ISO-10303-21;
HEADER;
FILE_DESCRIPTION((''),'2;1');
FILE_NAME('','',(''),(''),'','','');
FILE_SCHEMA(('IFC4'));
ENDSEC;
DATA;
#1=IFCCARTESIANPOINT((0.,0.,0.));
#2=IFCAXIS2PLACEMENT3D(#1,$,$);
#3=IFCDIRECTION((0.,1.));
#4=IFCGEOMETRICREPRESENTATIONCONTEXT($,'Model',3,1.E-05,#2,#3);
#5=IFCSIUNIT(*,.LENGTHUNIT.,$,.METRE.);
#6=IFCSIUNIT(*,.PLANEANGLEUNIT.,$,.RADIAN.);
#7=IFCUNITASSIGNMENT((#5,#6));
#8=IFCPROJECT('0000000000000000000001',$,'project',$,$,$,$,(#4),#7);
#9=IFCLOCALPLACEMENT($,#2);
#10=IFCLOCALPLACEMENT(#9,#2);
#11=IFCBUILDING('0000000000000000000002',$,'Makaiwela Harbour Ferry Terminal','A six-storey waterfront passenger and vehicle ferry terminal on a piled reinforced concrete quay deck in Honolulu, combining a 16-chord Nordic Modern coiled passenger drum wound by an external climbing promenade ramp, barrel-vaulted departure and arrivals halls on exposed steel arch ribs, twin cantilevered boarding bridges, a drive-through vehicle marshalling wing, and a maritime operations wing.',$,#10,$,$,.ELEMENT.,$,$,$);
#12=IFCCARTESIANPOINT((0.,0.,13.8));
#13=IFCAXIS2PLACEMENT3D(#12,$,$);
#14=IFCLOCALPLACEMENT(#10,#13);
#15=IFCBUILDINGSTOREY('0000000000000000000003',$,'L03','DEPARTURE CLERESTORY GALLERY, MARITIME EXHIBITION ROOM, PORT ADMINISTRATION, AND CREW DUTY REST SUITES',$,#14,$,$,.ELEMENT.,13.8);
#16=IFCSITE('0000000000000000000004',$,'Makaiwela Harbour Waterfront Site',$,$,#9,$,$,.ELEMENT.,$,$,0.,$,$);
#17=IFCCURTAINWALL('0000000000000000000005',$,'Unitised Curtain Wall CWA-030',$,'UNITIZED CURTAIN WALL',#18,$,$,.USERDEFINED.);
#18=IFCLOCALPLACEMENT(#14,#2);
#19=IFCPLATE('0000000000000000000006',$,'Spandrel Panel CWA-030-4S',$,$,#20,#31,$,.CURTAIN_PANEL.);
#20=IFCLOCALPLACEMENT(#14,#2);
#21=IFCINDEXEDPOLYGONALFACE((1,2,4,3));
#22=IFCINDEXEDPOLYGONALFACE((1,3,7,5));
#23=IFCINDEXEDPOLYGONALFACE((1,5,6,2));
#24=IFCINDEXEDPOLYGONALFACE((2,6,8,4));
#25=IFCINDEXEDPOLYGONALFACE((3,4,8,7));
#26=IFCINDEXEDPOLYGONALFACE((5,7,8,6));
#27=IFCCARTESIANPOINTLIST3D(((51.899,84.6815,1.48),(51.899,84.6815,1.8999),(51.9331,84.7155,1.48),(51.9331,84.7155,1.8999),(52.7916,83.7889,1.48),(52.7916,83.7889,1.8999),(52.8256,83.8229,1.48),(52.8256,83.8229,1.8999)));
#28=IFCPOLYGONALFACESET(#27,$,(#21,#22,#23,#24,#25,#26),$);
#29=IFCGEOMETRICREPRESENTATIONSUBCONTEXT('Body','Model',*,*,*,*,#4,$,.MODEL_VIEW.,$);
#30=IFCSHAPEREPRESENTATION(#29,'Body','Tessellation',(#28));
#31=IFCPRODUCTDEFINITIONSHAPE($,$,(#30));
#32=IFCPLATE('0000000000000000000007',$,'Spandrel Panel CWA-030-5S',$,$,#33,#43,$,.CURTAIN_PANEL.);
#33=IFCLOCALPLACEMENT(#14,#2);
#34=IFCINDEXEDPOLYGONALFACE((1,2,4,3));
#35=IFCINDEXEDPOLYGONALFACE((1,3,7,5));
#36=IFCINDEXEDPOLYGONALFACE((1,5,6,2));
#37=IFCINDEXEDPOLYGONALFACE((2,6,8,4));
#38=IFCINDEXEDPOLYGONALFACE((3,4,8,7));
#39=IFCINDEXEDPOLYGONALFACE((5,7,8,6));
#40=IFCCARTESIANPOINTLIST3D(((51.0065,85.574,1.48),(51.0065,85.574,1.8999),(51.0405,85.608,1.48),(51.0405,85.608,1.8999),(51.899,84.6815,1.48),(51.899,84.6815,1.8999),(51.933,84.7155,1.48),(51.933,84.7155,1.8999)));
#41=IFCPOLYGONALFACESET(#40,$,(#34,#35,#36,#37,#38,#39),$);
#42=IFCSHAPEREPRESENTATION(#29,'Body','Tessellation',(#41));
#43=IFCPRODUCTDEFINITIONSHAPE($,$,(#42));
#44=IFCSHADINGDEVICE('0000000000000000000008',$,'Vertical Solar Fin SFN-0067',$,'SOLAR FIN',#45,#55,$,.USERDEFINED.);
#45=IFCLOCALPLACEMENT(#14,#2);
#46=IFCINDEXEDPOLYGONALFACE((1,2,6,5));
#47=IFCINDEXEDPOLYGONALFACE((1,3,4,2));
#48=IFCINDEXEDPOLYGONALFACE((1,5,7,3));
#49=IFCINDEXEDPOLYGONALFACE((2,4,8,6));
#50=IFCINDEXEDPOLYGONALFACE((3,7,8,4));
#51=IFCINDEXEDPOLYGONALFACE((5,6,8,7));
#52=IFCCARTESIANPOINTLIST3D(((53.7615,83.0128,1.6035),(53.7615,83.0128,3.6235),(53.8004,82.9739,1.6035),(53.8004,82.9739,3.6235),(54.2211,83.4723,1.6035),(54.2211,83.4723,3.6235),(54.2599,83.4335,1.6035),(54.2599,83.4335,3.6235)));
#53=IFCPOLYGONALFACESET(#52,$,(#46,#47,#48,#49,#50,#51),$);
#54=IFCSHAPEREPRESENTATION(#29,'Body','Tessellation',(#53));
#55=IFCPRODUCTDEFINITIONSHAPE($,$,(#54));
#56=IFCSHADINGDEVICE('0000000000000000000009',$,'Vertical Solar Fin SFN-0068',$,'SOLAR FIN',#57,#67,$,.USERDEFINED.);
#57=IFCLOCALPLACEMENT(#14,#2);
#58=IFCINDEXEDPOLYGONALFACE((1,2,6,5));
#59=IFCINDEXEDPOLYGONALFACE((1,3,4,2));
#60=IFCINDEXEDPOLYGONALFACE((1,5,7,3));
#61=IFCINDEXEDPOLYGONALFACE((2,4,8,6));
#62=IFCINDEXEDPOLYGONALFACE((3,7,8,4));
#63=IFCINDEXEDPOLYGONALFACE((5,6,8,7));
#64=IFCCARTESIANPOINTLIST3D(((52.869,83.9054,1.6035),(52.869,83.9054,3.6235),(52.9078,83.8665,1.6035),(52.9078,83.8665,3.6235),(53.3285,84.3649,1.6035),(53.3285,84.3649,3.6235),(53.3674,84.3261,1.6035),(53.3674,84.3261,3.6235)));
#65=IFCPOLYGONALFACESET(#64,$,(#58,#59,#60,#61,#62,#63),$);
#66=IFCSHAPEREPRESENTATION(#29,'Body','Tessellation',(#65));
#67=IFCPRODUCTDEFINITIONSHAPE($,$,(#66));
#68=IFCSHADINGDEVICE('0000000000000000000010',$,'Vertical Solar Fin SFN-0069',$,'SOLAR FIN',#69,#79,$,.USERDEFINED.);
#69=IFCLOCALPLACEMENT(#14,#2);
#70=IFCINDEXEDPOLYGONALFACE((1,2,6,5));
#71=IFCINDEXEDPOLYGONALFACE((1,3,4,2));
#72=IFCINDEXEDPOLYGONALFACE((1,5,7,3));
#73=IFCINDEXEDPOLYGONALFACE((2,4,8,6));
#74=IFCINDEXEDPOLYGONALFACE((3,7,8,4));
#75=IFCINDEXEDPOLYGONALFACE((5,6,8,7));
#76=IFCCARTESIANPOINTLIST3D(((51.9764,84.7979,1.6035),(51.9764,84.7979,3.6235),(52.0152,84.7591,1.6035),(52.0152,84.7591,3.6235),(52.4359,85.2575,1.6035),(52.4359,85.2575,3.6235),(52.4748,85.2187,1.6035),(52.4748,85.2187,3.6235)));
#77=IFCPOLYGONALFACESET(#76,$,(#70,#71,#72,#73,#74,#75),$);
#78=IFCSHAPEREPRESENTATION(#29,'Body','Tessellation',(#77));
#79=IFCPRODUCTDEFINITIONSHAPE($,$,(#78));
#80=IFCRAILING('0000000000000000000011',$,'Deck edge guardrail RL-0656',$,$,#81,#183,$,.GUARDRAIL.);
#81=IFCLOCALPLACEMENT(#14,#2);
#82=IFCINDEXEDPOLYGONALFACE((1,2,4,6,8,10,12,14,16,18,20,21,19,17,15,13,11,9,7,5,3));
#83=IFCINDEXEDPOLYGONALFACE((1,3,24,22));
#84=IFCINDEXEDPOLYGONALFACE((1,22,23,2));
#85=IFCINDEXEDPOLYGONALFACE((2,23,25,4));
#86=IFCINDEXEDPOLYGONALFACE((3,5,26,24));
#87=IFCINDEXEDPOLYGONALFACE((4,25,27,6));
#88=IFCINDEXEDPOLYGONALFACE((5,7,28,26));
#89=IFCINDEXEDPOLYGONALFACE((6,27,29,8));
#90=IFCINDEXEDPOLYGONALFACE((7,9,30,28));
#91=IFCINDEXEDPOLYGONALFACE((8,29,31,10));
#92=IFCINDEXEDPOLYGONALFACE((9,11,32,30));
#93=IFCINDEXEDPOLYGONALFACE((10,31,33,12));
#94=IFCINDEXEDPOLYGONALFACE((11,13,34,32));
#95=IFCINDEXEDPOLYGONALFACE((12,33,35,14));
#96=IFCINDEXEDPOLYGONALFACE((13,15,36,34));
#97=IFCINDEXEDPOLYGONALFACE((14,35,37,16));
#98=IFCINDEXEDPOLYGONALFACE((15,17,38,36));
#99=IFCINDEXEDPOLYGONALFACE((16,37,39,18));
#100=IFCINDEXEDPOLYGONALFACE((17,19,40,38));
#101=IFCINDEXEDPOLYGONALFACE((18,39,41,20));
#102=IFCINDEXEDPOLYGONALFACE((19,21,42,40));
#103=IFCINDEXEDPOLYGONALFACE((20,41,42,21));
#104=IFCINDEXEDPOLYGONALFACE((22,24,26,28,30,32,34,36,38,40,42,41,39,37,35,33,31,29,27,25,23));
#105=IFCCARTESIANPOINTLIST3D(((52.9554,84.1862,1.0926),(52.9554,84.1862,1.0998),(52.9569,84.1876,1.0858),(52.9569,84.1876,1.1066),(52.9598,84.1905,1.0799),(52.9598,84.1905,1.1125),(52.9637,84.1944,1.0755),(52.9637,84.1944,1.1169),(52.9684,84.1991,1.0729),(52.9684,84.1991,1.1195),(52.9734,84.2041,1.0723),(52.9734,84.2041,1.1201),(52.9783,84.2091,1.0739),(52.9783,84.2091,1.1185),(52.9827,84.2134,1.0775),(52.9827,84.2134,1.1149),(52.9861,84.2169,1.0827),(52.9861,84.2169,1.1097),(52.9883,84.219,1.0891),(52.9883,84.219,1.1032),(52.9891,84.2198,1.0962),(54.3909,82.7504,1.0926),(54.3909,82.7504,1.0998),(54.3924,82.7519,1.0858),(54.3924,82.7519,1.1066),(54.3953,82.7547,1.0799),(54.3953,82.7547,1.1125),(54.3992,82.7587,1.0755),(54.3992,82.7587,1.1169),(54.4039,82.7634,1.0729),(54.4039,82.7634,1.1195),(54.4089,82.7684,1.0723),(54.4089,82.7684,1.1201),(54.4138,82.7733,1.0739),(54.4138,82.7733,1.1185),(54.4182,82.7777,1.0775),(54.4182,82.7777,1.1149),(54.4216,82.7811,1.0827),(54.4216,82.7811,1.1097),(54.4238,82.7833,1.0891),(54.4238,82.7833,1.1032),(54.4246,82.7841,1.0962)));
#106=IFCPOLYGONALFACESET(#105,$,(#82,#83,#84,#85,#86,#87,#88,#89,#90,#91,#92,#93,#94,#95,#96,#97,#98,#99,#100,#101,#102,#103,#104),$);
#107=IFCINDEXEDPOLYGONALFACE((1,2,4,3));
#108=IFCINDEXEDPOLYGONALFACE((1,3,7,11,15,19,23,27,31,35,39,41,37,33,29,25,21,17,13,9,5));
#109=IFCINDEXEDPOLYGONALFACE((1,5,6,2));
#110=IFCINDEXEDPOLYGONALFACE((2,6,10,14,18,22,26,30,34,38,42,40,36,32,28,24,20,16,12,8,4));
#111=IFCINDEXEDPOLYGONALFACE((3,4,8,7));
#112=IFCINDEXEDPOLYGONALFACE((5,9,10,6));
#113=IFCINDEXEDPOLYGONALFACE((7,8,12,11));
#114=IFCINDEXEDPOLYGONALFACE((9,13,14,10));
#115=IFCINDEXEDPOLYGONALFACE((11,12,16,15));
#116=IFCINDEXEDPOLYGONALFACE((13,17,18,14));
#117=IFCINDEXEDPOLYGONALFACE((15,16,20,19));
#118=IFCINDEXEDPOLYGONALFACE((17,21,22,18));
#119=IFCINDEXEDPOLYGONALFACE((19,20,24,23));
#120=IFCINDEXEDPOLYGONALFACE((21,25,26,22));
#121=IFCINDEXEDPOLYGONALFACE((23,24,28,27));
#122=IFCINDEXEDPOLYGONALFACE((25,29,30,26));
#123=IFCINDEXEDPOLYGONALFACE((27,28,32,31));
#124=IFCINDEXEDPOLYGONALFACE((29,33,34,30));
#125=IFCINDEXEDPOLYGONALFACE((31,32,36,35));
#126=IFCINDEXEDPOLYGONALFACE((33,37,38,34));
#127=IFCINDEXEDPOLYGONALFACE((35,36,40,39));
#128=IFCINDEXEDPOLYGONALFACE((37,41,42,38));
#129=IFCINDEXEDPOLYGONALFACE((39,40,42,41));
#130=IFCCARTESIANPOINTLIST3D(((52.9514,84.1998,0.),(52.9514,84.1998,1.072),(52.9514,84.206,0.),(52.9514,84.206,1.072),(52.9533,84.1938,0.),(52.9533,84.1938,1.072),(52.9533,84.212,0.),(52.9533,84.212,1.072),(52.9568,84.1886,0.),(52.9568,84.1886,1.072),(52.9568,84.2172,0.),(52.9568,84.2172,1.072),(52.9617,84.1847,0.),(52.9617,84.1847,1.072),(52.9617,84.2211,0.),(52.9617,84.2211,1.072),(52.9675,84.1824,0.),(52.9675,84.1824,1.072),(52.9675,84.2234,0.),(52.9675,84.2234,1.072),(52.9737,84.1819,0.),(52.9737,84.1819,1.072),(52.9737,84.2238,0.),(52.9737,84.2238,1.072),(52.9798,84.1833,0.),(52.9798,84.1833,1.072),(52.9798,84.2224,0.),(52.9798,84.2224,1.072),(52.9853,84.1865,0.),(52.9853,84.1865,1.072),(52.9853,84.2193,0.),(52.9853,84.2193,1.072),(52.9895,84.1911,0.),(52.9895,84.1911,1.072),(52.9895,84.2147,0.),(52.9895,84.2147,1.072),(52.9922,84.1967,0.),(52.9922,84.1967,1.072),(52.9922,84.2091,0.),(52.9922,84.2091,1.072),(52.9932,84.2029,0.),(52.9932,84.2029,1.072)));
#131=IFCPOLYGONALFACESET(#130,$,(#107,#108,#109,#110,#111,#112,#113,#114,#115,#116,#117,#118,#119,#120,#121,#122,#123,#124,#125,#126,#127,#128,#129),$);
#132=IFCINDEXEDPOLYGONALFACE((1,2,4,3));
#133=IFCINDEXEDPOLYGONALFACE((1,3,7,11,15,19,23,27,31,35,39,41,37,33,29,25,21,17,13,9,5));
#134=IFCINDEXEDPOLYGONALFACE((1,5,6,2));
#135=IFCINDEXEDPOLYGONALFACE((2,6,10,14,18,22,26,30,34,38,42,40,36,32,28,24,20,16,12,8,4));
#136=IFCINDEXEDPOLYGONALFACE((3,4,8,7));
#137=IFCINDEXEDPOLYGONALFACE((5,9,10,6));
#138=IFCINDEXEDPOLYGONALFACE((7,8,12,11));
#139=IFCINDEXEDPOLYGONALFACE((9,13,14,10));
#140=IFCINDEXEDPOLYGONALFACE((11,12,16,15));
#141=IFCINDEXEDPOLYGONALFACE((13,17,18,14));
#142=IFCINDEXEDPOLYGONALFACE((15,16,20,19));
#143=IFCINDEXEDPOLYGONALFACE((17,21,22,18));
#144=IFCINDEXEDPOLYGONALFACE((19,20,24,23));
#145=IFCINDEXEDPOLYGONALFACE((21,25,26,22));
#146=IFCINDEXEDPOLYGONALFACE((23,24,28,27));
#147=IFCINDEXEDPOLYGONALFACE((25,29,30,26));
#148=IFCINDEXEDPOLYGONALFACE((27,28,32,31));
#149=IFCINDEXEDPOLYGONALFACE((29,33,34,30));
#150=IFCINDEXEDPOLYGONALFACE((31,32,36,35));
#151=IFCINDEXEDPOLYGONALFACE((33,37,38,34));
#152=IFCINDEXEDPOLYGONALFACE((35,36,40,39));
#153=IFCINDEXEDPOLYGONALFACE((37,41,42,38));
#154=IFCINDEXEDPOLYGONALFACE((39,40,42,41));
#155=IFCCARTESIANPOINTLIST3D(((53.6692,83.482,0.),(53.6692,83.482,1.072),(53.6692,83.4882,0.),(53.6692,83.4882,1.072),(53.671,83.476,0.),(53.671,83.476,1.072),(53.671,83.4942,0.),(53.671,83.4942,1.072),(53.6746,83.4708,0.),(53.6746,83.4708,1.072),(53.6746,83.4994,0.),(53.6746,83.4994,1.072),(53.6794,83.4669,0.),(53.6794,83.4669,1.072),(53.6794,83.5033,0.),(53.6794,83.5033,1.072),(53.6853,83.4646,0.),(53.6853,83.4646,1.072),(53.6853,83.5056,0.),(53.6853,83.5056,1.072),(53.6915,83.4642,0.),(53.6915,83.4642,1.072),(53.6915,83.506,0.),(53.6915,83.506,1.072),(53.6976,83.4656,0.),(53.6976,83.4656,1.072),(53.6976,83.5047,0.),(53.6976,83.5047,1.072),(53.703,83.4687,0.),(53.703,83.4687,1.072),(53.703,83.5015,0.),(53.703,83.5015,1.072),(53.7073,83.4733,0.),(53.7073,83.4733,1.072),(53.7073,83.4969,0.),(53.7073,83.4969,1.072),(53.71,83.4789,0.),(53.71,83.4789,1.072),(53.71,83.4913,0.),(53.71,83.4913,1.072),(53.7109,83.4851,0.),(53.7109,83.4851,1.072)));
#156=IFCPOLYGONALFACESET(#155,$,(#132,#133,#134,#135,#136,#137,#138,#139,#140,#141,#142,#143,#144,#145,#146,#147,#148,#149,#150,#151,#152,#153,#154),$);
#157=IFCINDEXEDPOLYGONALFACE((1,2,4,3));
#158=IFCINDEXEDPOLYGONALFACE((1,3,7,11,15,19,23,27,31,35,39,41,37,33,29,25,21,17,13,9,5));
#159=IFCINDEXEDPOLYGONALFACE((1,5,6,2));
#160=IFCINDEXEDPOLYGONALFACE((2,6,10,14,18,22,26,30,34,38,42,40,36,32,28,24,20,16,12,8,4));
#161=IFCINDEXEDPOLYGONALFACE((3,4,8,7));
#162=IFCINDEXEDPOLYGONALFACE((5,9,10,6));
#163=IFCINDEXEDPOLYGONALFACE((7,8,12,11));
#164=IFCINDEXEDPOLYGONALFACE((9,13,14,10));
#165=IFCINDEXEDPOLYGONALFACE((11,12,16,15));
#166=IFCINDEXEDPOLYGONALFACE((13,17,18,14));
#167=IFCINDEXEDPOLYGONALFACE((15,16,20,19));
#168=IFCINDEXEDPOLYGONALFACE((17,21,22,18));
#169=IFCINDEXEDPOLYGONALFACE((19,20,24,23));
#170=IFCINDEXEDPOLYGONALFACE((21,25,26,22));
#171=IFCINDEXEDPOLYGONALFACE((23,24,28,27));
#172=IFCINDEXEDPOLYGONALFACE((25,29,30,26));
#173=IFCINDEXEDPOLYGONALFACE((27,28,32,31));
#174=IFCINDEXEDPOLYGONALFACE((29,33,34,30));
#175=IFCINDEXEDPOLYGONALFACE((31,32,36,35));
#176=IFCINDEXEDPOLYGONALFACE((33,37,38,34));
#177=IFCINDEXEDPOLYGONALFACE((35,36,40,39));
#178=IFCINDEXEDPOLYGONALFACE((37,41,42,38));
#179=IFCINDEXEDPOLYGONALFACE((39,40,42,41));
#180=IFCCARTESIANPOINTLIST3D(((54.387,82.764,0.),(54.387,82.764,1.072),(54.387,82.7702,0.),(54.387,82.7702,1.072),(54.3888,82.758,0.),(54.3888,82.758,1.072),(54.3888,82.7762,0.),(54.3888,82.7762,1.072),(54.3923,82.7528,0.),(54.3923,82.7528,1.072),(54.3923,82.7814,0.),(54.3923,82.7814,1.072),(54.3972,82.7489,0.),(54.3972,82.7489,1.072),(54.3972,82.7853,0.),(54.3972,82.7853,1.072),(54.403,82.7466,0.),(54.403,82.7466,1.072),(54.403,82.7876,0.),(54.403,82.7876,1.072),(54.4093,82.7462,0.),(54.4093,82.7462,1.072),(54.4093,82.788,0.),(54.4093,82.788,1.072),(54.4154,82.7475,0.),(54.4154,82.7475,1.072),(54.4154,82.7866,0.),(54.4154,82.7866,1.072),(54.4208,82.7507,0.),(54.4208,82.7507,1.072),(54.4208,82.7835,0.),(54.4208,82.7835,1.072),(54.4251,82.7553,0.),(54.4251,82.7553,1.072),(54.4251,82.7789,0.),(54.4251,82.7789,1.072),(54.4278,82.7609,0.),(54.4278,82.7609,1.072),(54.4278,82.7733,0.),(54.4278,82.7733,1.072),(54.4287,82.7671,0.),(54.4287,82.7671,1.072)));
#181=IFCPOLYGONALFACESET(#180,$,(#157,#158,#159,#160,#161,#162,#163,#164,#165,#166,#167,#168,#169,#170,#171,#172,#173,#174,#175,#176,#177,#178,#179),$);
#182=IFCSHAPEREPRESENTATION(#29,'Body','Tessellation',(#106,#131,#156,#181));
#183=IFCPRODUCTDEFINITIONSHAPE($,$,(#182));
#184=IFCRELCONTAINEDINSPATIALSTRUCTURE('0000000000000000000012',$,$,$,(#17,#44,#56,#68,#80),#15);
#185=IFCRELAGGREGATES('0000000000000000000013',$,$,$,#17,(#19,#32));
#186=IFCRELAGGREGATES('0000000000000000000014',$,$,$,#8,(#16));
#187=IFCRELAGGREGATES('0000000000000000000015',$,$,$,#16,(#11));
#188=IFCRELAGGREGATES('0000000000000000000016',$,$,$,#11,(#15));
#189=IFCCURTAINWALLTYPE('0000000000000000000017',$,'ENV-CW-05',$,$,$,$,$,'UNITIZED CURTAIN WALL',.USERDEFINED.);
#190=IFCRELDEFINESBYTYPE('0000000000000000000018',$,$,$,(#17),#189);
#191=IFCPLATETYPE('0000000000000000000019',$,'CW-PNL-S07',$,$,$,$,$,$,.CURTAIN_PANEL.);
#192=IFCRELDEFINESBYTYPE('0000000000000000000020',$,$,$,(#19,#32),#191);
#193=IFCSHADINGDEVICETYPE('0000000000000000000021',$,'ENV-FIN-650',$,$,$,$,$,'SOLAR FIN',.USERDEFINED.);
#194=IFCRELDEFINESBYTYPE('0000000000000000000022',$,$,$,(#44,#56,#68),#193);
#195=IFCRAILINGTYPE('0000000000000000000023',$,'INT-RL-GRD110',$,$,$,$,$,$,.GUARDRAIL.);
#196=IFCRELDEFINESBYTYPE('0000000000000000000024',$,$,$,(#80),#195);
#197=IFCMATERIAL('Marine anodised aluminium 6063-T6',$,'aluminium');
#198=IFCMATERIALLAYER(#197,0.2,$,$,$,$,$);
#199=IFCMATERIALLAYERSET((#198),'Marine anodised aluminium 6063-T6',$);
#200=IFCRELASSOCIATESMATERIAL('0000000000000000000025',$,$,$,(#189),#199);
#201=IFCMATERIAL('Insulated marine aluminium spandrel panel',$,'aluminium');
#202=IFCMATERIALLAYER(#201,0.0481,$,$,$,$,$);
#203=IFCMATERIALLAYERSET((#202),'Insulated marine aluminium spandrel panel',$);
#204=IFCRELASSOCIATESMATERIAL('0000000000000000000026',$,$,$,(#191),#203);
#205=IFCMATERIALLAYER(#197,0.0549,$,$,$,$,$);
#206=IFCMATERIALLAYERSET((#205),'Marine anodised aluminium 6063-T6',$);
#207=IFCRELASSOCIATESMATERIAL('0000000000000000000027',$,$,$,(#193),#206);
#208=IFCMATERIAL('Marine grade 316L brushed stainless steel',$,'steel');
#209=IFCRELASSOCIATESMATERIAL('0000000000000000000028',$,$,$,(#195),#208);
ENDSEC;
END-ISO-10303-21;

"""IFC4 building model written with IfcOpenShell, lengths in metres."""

from ifc_helpers import new_model, si_unit, direction, frame, origin, origin_2d, place, context, subcontext, project, spatial, rectangle, circle, extrude, material, layer, layer_set, type_object, element, aggregate, save


model = new_model("IFC4")

# Units and contexts
model_context = context("Model", 3, precision=1e-05, world=origin(), true_north=direction((0.0, 1.0)))
body_context = subcontext(model_context, "Body", "Model", "MODEL_VIEW")
ifc_project = project(units=[si_unit("LENGTHUNIT", "METRE"), si_unit("PLANEANGLEUNIT", "RADIAN")], contexts=[model_context])

# Site, building, storey
site_placement = place(None, origin())
site = spatial("IfcSite", under=ifc_project, at=site_placement, Name="Makaiwela Harbour Waterfront Site", CompositionType="ELEMENT", RefElevation=0.0)
building_placement = place(site_placement, origin())
building = spatial("IfcBuilding", under=site, at=building_placement, Name="Makaiwela Harbour Ferry Terminal", Description="A six-storey waterfront passenger and vehicle ferry terminal on a piled reinforced concrete quay deck in Honolulu, combining a 16-chord Nordic Modern coiled passenger drum wound by an external climbing promenade ramp, barrel-vaulted departure and arrivals halls on exposed steel arch ribs, twin cantilevered boarding bridges, a drive-through vehicle marshalling wing, and a maritime operations wing.", CompositionType="ELEMENT")
storey_placement = place(building_placement, frame((0.0, 0.0, 13.8)))
storey = spatial("IfcBuildingStorey", under=building, at=storey_placement, Name="L03", Description="DEPARTURE CLERESTORY GALLERY, MARITIME EXHIBITION ROOM, PORT ADMINISTRATION, AND CREW DUTY REST SUITES", CompositionType="ELEMENT", Elevation=13.8)

# Curtain wall
ifc_material_1 = material(Name="Marine anodised aluminium 6063-T6", Category="aluminium")
ifc_layer_1 = layer(ifc_material_1, 0.2)
ifc_layer_set_1 = layer_set([ifc_layer_1], Name="Marine anodised aluminium 6063-T6")
curtain_wall_type = type_object("IfcCurtainWallType", Name="ENV-CW-05", ElementType="UNITIZED CURTAIN WALL", PredefinedType="USERDEFINED", material=ifc_layer_set_1)
curtain_wall_placement = place(storey_placement, origin())
curtain_wall = element("IfcCurtainWall", 1, at=curtain_wall_placement, inside=storey, type_object=curtain_wall_type, Name="Unitised Curtain Wall CWA-030", ObjectType="UNITIZED CURTAIN WALL", PredefinedType="USERDEFINED")

# Plates
ifc_material_2 = material(Name="Insulated marine aluminium spandrel panel", Category="aluminium")
ifc_layer_2 = layer(ifc_material_2, 0.0481)
ifc_layer_set_2 = layer_set([ifc_layer_2], Name="Insulated marine aluminium spandrel panel")
plate_type_1 = type_object("IfcPlateType", Name="CW-PNL-S07", PredefinedType="CURTAIN_PANEL", material=ifc_layer_set_2)
plate_1_placement = place(storey_placement, frame((52.3623, 84.2522, 1.48), z_axis=(0.0, 0.0, 1.0), x_axis=(-0.707107, 0.707107, 0.0)))
plate_1 = element("IfcPlate", 2, at=plate_1_placement, type_object=plate_type_1, Name="Spandrel Panel CWA-030-4S", PredefinedType="CURTAIN_PANEL", context=body_context, shape_type="SweptSolid", body=[
    extrude(rectangle(XDim=1.2622, YDim=0.0481, at=origin_2d()), origin(), (0.0, 0.0, 1.0), 0.4199),
])
plate_2_placement = place(storey_placement, frame((51.4697, 85.1448, 1.48), z_axis=(0.0, 0.0, 1.0), x_axis=(-0.707107, 0.707107, 0.0)))
plate_2 = element("IfcPlate", 3, at=plate_2_placement, type_object=plate_type_1, Name="Spandrel Panel CWA-030-5S", PredefinedType="CURTAIN_PANEL", context=body_context, shape_type="SweptSolid", body=[
    extrude(rectangle(XDim=1.2622, YDim=0.0481, at=origin_2d()), origin(), (0.0, 0.0, 1.0), 0.4199),
])
aggregate(curtain_wall, [plate_1, plate_2])

# Shading devices
ifc_layer_3 = layer(ifc_material_1, 0.0549)
ifc_layer_set_3 = layer_set([ifc_layer_3], Name="Marine anodised aluminium 6063-T6")
shading_device_type = type_object("IfcShadingDeviceType", Name="ENV-FIN-650", ElementType="SOLAR FIN", PredefinedType="USERDEFINED", material=ifc_layer_set_3)
for number, where, z_axis, x_axis, name in (
    (4, (54.0107, 83.2231, 1.6035), (0.0, 0.0, 1.0), (0.707107, 0.707107, 0.0), "Vertical Solar Fin SFN-0067"),
    (5, (53.1182, 84.1157, 1.6035), (0.0, 0.0, 1.0), (0.707107, 0.707107, 0.0), "Vertical Solar Fin SFN-0068"),
    (6, (52.2256, 85.0083, 1.6035), (0.0, 0.0, 1.0), (0.707107, 0.707107, 0.0), "Vertical Solar Fin SFN-0069"),
):
    element("IfcShadingDevice", number, at=place(storey_placement, frame(where, z_axis=z_axis, x_axis=x_axis)), inside=storey, type_object=shading_device_type, Name=name, ObjectType="SOLAR FIN", PredefinedType="USERDEFINED", context=body_context, shape_type="SweptSolid", body=[
        extrude(rectangle(XDim=0.6499, YDim=0.0549, at=origin_2d()), origin(), (0.0, 0.0, 1.0), 2.02),
    ])

# Railing
ifc_material_3 = material(Name="Marine grade 316L brushed stainless steel", Category="steel")
railing_type = type_object("IfcRailingType", Name="INT-RL-GRD110", PredefinedType="GUARDRAIL", material=ifc_material_3)
railing_placement = place(storey_placement, frame((52.9722, 84.2029, 0.0)))
element("IfcRailing", 7, at=railing_placement, inside=storey, type_object=railing_type, Name="Deck edge guardrail RL-0656", PredefinedType="GUARDRAIL", context=body_context, shape_type="SweptSolid", body=[
    extrude(circle(Radius=0.0239, at=origin_2d()), frame((0.0, 0.0, 1.0962), z_axis=(0.707047, -0.707167, 0.0), x_axis=(0.707167, 0.707047, 0.0)), (0.0, 0.0, 1.0), 2.0303),
    extrude(circle(Radius=0.021, at=origin_2d()), origin(), (0.0, 0.0, 1.0), 1.072),
    extrude(circle(Radius=0.021, at=origin_2d()), frame((0.7178, -0.7178, 0.0)), (0.0, 0.0, 1.0), 1.072),
    extrude(circle(Radius=0.021, at=origin_2d()), frame((1.4355, -1.4358, 0.0)), (0.0, 0.0, 1.0), 1.072),
])

save(model, "model.ifc")
